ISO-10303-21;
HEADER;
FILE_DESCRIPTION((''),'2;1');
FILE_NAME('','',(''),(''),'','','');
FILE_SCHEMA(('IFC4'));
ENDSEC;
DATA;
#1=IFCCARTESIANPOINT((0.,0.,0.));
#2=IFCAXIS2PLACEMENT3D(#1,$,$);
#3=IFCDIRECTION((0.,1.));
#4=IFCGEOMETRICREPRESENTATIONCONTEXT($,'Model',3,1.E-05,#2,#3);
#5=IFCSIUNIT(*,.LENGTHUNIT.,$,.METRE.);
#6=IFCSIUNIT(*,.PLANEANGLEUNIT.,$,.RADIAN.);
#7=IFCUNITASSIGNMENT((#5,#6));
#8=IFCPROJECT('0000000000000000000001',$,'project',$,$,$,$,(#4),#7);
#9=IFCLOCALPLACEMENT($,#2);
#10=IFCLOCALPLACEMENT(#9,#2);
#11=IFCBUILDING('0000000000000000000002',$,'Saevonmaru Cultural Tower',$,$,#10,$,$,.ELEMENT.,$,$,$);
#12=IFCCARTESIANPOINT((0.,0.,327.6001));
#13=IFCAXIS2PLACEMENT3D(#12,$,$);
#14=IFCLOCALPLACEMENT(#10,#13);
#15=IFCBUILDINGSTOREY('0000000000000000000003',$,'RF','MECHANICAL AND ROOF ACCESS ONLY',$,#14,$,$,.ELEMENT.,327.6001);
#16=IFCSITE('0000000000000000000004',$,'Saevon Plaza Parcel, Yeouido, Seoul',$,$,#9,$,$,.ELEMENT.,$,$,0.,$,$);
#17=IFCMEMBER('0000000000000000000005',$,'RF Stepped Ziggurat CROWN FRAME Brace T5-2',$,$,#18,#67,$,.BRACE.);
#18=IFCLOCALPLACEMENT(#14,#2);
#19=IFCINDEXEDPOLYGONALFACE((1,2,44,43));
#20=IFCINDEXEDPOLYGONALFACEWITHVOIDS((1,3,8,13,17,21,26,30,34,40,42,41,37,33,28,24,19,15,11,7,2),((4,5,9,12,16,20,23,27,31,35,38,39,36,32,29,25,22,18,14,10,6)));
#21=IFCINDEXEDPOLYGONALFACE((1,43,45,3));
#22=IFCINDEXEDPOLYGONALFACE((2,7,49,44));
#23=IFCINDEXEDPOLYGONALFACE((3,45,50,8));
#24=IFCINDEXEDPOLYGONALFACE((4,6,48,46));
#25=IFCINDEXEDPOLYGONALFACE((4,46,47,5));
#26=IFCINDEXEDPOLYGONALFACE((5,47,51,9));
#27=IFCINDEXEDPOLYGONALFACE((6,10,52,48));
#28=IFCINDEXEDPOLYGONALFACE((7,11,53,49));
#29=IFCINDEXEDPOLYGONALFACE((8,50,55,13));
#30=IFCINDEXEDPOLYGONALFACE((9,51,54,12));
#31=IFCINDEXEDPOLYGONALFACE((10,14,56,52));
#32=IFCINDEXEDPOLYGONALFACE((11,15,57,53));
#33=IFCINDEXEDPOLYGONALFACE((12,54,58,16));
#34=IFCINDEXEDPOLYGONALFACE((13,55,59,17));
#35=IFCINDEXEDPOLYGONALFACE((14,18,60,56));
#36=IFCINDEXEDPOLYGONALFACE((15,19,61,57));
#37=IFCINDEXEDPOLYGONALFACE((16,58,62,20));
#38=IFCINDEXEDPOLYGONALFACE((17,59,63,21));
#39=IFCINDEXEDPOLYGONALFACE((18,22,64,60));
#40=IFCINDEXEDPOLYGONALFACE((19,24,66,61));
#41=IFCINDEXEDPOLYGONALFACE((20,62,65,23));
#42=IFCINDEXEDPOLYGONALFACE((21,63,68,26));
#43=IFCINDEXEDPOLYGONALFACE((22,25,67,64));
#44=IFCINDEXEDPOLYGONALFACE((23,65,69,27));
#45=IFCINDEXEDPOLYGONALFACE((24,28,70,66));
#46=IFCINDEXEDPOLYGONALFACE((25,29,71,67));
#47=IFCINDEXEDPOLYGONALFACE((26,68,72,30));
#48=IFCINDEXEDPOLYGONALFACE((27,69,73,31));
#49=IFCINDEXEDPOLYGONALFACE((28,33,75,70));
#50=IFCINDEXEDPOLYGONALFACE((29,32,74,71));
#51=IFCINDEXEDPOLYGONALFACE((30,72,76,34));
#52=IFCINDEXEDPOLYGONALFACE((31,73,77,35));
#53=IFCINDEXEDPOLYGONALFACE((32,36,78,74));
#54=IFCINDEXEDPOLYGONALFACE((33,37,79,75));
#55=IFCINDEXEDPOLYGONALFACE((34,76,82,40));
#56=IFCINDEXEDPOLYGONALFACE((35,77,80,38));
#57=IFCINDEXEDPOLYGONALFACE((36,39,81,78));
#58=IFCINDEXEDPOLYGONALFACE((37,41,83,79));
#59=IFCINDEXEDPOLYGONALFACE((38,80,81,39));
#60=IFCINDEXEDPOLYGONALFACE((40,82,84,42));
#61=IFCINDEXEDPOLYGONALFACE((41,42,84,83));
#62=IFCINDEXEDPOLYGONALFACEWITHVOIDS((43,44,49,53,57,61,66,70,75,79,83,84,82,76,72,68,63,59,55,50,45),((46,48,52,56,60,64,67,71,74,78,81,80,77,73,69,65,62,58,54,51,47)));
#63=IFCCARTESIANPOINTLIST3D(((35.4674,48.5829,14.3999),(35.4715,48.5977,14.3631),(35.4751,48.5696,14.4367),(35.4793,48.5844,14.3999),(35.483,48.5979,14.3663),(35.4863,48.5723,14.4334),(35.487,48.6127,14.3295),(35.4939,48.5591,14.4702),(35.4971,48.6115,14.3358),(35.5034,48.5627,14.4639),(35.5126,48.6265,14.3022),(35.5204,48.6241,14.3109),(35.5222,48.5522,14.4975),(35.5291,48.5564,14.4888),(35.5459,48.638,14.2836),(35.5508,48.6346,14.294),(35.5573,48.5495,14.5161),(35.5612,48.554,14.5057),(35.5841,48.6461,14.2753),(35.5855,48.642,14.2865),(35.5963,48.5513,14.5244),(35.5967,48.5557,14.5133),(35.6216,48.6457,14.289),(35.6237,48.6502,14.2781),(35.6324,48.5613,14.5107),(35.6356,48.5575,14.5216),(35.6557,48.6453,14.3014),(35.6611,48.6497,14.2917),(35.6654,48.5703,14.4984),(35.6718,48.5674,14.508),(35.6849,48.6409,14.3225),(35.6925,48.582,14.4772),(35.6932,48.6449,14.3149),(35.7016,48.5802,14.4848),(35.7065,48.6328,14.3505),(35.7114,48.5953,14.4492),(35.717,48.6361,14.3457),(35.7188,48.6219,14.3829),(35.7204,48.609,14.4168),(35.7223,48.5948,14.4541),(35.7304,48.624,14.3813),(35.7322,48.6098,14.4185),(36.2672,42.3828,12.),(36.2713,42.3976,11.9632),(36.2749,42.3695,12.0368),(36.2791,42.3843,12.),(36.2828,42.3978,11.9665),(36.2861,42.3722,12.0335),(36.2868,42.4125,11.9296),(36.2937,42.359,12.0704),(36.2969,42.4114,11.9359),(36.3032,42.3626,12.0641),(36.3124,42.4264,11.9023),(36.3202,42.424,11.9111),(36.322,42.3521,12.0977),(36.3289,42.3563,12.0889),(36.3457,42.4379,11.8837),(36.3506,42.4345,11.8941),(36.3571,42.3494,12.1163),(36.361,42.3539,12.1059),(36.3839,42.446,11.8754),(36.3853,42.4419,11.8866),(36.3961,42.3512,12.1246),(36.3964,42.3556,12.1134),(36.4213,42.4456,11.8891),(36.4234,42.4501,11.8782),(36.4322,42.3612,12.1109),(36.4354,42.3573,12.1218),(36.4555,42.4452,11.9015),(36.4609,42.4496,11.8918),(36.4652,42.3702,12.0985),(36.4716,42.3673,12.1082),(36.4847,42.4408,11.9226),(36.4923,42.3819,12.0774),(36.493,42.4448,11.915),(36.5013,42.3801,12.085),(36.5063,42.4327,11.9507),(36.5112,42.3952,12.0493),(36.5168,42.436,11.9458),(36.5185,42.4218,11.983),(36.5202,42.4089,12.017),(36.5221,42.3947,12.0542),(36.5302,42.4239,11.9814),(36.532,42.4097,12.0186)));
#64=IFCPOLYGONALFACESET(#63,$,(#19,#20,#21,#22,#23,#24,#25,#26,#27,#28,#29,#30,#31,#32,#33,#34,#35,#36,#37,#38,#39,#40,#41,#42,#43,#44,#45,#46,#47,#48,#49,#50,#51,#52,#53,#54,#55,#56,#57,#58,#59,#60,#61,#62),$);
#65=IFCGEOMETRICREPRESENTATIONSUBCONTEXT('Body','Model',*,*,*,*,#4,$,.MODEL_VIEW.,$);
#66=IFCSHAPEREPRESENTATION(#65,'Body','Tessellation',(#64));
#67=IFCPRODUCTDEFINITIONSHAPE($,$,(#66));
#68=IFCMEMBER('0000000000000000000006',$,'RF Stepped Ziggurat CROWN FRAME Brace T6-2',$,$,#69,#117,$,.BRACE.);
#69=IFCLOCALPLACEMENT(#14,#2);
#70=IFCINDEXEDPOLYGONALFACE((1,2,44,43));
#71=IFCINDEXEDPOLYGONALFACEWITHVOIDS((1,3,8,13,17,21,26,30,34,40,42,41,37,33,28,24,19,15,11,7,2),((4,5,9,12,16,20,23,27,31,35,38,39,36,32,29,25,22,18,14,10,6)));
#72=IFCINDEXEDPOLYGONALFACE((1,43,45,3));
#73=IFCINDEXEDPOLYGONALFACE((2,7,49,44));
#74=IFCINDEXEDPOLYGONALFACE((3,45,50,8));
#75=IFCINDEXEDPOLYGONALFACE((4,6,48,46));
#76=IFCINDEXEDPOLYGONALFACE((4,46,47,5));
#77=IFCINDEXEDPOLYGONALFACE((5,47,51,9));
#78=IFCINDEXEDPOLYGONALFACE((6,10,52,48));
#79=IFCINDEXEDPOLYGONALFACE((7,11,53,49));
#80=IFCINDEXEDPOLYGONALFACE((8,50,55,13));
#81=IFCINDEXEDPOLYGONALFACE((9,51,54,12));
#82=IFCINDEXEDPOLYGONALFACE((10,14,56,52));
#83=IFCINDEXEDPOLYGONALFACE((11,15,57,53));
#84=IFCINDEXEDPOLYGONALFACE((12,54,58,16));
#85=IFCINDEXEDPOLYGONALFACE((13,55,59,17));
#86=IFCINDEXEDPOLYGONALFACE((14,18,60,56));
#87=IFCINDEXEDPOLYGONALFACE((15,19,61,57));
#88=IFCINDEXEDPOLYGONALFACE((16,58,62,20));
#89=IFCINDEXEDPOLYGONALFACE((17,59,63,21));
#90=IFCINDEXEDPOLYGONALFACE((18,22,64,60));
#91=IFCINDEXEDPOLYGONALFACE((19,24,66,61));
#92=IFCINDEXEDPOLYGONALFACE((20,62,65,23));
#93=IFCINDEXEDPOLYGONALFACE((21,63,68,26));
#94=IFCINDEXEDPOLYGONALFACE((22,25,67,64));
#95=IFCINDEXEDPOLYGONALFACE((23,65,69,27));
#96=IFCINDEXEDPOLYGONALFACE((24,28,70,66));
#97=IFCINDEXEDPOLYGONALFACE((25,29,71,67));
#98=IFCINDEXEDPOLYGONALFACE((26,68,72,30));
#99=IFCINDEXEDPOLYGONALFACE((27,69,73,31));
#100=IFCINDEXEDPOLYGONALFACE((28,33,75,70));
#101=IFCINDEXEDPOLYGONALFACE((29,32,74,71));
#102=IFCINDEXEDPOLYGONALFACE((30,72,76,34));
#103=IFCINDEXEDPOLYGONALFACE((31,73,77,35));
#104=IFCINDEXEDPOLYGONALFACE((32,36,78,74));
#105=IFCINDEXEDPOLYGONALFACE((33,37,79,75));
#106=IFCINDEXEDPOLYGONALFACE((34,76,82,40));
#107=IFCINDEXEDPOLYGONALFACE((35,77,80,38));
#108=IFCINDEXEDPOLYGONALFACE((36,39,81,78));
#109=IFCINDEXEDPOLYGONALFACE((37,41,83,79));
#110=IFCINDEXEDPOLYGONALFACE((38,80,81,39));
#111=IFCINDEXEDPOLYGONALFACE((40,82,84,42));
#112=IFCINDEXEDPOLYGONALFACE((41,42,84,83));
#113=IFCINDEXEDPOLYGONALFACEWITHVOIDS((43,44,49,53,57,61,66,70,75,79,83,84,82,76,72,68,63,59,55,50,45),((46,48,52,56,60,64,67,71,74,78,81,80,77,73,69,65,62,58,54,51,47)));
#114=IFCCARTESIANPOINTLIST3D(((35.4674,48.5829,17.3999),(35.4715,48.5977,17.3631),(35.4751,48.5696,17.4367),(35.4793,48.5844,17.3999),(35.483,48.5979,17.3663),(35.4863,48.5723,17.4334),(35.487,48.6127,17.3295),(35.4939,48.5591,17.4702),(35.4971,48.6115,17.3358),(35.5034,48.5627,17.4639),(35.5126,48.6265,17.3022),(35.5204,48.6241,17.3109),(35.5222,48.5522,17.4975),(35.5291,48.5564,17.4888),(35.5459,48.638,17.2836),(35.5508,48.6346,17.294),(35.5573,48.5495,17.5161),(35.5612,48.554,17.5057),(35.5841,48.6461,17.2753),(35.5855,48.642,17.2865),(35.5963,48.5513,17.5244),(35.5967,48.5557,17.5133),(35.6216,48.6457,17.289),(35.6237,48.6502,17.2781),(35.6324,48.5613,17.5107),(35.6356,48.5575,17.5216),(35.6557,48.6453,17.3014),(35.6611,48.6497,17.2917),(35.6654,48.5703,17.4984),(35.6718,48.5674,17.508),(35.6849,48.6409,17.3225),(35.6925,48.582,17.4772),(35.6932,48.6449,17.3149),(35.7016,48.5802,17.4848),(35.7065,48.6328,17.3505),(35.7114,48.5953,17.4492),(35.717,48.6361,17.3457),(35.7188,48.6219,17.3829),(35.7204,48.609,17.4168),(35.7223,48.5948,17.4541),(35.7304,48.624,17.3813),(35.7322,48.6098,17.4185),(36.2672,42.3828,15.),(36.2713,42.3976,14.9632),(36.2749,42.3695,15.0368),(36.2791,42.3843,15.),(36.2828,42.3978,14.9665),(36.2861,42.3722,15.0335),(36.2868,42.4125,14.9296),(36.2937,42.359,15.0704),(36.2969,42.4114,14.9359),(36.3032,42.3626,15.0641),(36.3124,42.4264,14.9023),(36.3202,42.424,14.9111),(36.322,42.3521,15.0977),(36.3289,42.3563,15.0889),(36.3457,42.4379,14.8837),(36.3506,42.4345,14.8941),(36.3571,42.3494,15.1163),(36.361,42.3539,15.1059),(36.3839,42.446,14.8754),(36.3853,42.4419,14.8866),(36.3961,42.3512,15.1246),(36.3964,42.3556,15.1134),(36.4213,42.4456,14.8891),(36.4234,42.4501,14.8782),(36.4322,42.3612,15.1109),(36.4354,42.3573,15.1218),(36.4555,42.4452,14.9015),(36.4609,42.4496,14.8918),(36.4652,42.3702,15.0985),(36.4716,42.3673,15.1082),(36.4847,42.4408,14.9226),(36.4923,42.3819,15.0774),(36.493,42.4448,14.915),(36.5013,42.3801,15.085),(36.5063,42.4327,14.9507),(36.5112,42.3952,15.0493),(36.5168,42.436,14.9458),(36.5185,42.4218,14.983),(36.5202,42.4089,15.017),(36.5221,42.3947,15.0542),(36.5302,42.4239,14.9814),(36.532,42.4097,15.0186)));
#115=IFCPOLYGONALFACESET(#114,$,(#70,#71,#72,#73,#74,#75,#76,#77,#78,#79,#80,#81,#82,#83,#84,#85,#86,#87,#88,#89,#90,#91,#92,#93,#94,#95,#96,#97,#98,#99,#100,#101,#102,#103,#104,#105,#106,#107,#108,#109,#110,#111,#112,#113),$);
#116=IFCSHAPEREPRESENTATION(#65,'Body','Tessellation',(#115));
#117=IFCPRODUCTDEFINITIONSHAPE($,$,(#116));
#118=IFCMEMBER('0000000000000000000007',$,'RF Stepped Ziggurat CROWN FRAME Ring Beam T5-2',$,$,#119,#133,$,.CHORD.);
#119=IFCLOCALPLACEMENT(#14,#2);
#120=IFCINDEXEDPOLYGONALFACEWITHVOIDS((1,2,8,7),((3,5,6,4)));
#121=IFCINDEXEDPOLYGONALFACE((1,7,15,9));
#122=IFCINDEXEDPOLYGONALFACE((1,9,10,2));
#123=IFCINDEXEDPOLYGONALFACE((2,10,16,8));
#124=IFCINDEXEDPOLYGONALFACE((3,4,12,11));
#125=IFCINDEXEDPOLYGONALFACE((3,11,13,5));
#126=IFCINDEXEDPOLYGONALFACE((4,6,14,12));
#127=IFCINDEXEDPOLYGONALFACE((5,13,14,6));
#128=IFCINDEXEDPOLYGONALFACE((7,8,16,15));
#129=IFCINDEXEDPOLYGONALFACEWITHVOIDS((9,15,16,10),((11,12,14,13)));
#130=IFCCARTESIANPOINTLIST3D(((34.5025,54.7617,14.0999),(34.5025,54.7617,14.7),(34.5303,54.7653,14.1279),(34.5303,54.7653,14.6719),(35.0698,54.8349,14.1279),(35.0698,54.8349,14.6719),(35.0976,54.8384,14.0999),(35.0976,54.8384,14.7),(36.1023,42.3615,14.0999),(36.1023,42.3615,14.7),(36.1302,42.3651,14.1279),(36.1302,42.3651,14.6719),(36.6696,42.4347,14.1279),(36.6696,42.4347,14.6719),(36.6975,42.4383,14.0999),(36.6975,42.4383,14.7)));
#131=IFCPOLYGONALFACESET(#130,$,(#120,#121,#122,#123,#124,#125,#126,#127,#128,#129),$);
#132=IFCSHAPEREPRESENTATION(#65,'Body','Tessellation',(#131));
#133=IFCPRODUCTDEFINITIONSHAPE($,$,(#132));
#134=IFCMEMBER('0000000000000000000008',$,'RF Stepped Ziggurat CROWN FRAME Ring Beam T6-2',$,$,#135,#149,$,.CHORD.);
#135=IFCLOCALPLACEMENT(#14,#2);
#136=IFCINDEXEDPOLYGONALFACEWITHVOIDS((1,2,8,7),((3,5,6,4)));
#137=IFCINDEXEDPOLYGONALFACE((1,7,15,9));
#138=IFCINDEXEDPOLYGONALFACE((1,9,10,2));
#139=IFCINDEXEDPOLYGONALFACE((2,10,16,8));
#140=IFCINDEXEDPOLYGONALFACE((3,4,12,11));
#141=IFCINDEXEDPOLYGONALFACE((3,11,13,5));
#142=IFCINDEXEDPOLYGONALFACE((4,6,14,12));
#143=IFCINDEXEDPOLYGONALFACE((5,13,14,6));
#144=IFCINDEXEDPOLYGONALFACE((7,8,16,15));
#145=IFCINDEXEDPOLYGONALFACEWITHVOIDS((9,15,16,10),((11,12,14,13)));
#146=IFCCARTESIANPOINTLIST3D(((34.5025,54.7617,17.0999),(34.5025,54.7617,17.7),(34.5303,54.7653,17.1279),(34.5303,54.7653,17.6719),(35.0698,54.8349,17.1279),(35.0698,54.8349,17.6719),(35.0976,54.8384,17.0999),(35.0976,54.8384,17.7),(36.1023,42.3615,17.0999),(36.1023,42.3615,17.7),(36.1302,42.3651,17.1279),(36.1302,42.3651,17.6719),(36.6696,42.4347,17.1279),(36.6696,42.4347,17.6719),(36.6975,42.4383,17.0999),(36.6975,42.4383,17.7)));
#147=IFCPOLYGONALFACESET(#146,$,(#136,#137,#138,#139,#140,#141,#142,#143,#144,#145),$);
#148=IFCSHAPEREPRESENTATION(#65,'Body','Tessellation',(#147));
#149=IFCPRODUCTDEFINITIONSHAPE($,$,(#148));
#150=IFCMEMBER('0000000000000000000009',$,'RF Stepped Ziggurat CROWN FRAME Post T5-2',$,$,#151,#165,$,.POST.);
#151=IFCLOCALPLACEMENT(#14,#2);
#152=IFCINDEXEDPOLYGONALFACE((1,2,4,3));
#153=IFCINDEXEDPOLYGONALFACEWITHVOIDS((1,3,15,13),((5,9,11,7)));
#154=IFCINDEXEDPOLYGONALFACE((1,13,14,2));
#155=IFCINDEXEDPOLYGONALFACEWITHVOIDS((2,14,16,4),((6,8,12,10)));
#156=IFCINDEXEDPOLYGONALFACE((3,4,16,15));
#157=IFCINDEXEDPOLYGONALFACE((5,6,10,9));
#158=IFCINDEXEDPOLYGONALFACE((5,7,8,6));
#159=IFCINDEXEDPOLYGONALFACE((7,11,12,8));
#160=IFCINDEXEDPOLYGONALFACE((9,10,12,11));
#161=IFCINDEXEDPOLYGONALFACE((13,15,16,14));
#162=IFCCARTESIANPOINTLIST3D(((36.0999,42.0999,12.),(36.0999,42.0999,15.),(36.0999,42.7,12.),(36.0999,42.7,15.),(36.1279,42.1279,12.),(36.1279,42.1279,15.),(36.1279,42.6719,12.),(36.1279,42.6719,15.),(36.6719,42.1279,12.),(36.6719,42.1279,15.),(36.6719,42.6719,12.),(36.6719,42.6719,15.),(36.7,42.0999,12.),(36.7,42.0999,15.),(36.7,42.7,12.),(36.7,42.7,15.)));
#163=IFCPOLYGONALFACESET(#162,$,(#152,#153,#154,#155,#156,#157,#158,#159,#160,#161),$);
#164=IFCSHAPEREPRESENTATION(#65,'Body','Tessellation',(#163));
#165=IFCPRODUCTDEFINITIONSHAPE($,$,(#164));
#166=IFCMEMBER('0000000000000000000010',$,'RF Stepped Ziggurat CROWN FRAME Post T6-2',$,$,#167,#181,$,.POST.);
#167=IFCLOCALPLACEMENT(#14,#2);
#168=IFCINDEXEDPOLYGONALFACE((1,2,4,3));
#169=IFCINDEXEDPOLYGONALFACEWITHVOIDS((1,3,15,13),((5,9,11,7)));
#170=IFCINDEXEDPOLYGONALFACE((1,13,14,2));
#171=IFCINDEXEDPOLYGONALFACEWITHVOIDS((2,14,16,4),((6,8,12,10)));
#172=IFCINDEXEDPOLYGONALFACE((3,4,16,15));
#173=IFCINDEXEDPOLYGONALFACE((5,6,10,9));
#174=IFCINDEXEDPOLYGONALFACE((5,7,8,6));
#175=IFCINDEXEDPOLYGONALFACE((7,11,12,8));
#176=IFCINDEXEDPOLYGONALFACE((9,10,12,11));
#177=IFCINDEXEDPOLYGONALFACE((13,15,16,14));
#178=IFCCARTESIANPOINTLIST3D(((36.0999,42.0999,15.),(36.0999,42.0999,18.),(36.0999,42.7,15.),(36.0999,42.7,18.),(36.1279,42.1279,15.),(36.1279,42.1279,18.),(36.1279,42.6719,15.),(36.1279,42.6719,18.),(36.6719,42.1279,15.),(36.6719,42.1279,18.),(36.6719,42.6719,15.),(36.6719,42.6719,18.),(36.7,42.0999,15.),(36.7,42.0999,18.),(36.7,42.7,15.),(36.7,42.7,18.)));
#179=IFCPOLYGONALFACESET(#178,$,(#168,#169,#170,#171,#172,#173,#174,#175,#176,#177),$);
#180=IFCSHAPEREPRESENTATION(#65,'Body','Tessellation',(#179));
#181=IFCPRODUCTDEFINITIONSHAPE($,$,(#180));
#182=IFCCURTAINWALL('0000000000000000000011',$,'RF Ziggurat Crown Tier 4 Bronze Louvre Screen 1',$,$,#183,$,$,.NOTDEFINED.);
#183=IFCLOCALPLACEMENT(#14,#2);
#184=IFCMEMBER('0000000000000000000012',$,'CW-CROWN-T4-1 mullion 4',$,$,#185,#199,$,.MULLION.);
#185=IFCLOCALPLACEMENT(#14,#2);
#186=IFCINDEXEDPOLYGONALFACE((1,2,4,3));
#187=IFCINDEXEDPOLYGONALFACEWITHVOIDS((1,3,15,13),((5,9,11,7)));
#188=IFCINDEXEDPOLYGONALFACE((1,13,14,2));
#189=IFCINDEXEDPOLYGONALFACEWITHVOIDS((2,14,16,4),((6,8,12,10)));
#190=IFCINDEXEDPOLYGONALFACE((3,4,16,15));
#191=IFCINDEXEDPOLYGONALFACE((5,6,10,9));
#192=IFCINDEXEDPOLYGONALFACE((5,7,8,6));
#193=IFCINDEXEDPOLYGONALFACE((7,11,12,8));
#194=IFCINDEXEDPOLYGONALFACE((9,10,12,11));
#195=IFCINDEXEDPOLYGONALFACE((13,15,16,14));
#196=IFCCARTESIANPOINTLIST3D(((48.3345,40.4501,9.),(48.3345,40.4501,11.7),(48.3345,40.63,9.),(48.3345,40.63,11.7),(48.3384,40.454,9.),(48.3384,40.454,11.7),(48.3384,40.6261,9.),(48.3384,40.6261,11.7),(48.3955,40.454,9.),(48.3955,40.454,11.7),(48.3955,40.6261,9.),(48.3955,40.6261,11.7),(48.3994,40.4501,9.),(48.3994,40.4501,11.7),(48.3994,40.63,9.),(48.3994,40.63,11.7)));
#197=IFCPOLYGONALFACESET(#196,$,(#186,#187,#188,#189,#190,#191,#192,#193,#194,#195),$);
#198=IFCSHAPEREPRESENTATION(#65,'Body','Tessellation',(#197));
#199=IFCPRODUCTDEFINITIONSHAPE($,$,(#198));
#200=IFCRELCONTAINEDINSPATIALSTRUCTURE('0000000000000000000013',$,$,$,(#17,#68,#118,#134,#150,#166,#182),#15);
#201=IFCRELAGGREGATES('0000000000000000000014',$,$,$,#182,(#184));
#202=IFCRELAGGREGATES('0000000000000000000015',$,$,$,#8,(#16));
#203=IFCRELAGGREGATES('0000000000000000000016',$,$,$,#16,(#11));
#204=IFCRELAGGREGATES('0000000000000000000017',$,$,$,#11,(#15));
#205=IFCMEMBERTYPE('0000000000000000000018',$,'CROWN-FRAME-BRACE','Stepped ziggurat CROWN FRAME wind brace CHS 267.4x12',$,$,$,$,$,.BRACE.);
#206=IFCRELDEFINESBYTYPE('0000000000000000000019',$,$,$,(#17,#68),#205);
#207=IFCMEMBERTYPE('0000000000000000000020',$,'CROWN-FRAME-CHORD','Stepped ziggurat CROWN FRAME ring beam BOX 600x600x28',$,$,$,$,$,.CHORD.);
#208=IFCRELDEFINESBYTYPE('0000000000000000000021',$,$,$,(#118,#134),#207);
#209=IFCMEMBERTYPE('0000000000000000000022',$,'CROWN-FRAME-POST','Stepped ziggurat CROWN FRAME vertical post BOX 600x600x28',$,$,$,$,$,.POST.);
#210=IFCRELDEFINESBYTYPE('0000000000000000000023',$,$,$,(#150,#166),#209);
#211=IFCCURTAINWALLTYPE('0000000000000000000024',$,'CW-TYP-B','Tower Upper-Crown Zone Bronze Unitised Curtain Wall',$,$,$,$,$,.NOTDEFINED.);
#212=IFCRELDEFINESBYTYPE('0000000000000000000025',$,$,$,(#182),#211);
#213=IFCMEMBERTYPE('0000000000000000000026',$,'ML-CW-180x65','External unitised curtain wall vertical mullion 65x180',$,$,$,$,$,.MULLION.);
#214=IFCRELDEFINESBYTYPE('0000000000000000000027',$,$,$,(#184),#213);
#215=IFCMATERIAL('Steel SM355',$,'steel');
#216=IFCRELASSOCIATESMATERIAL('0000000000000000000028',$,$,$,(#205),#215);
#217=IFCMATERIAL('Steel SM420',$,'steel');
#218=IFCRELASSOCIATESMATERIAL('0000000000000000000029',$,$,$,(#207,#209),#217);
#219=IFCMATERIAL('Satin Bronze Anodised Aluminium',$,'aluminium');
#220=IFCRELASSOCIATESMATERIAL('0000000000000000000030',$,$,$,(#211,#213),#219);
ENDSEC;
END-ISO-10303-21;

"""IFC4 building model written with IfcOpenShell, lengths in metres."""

from ifc_helpers import new_model, si_unit, direction, frame, origin, origin_2d, place, context, subcontext, project, spatial, hollow_rectangle, hollow_circle, extrude, material, material_profile, profile_set, type_object, element, aggregate, save


model = new_model("IFC4")

# Units and contexts
model_context = context("Model", 3, precision=1e-05, world=origin(), true_north=direction((0.0, 1.0)))
body_context = subcontext(model_context, "Body", "Model", "MODEL_VIEW")
ifc_project = project(units=[si_unit("LENGTHUNIT", "METRE"), si_unit("PLANEANGLEUNIT", "RADIAN")], contexts=[model_context])

# Site, building, storey
site_placement = place(None, origin())
site = spatial("IfcSite", under=ifc_project, at=site_placement, Name="Saevon Plaza Parcel, Yeouido, Seoul", CompositionType="ELEMENT", RefElevation=0.0)
building_placement = place(site_placement, origin())
building = spatial("IfcBuilding", under=site, at=building_placement, Name="Saevonmaru Cultural Tower", CompositionType="ELEMENT")
storey_placement = place(building_placement, frame((0.0, 0.0, 327.6001)))
storey = spatial("IfcBuildingStorey", under=building, at=storey_placement, Name="RF", Description="MECHANICAL AND ROOF ACCESS ONLY", CompositionType="ELEMENT", Elevation=327.6001)

# Members
ifc_material_1 = material(Name="Steel SM355", Category="steel")
ifc_material_profile_1 = material_profile(ifc_material_1, hollow_circle(Radius=0.1338, WallThickness=0.012, at=origin_2d()), Name="CHS-267.4x12")
ifc_profile_set_1 = profile_set([ifc_material_profile_1], Name="Steel SM355")
member_type_1 = type_object("IfcMemberType", Name="CROWN-FRAME-BRACE", Description="Stepped ziggurat CROWN FRAME wind brace CHS 267.4x12", PredefinedType="BRACE", material=ifc_profile_set_1)
for number, where, z_axis, x_axis, name in (
    (1, (36.3999, 42.3999, 12.0), (-0.119438, 0.925901, 0.358387), (-0.991782, -0.127937, 0.0), "RF Stepped Ziggurat CROWN FRAME Brace T5-2"),
    (2, (36.3999, 42.3999, 15.0), (-0.119438, 0.925901, 0.358387), (-0.991782, -0.127937, 0.0), "RF Stepped Ziggurat CROWN FRAME Brace T6-2"),
):
    element("IfcMember", number, at=place(storey_placement, frame(where, z_axis=z_axis, x_axis=x_axis)), inside=storey, type_object=member_type_1, Name=name, PredefinedType="BRACE", context=body_context, shape_type="SweptSolid", body=[
        extrude(hollow_circle(Radius=0.1338, WallThickness=0.012, at=origin_2d()), origin(), (0.0, 0.0, 1.0), 6.6963),
    ])
ifc_material_2 = material(Name="Steel SM420", Category="steel")
ifc_material_profile_2 = material_profile(ifc_material_2, hollow_rectangle(XDim=0.6001, YDim=0.6001, WallThickness=0.0281, at=origin_2d()), Name="BOX-600x600x28")
ifc_profile_set_2 = profile_set([ifc_material_profile_2], Name="Steel SM420")
member_type_2 = type_object("IfcMemberType", Name="CROWN-FRAME-CHORD", Description="Stepped ziggurat CROWN FRAME ring beam BOX 600x600x28", PredefinedType="CHORD", material=ifc_profile_set_2)
for number, where, z_axis, x_axis, name in (
    (3, (36.3999, 42.3999, 14.3999), (-0.127958, 0.99178, 0.0), (-0.99178, -0.127958, 0.0), "RF Stepped Ziggurat CROWN FRAME Ring Beam T5-2"),
    (4, (36.3999, 42.3999, 17.3999), (-0.127958, 0.99178, 0.0), (-0.99178, -0.127958, 0.0), "RF Stepped Ziggurat CROWN FRAME Ring Beam T6-2"),
):
    element("IfcMember", number, at=place(storey_placement, frame(where, z_axis=z_axis, x_axis=x_axis)), inside=storey, type_object=member_type_2, Name=name, PredefinedType="CHORD", context=body_context, shape_type="SweptSolid", body=[
        extrude(hollow_rectangle(XDim=0.6001, YDim=0.6001, WallThickness=0.0281, at=origin_2d()), origin(), (0.0, 0.0, 1.0), 12.5029),
    ])
ifc_material_profile_3 = material_profile(ifc_material_2, hollow_rectangle(XDim=0.6001, YDim=0.6001, WallThickness=0.0281, at=origin_2d()), Name="BOX-600x600x28")
ifc_profile_set_3 = profile_set([ifc_material_profile_3], Name="Steel SM420")
member_type_3 = type_object("IfcMemberType", Name="CROWN-FRAME-POST", Description="Stepped ziggurat CROWN FRAME vertical post BOX 600x600x28", PredefinedType="POST", material=ifc_profile_set_3)
for number, where, z_axis, x_axis, name in (
    (5, (36.3999, 42.3999, 12.0), (0.0, 0.0, 1.0), (1.0, 0.0, 0.0), "RF Stepped Ziggurat CROWN FRAME Post T5-2"),
    (6, (36.3999, 42.3999, 15.0), (0.0, 0.0, 1.0), (1.0, 0.0, 0.0), "RF Stepped Ziggurat CROWN FRAME Post T6-2"),
):
    element("IfcMember", number, at=place(storey_placement, frame(where, z_axis=z_axis, x_axis=x_axis)), inside=storey, type_object=member_type_3, Name=name, PredefinedType="POST", context=body_context, shape_type="SweptSolid", body=[
        extrude(hollow_rectangle(XDim=0.6001, YDim=0.6001, WallThickness=0.0281, at=origin_2d()), origin(), (0.0, 0.0, 1.0), 3.0),
    ])

# Curtain wall, member
ifc_material_3 = material(Name="Satin Bronze Anodised Aluminium", Category="aluminium")
curtain_wall_type = type_object("IfcCurtainWallType", Name="CW-TYP-B", Description="Tower Upper-Crown Zone Bronze Unitised Curtain Wall", PredefinedType="NOTDEFINED", material=ifc_material_3)
curtain_wall_1_placement = place(storey_placement, origin())
curtain_wall_1 = element("IfcCurtainWall", 7, at=curtain_wall_1_placement, inside=storey, type_object=curtain_wall_type, Name="RF Ziggurat Crown Tier 4 Bronze Louvre Screen 1", PredefinedType="NOTDEFINED")
ifc_material_profile_4 = material_profile(ifc_material_3, hollow_rectangle(XDim=0.0649, YDim=0.1799, WallThickness=0.0039, at=origin_2d()), Name="ALU-MULL-180x65x4")
ifc_profile_set_4 = profile_set([ifc_material_profile_4], Name="Satin Bronze Anodised Aluminium")
member_type_4 = type_object("IfcMemberType", Name="ML-CW-180x65", Description="External unitised curtain wall vertical mullion 65x180", PredefinedType="MULLION", material=ifc_profile_set_4)
member_1_placement = place(storey_placement, frame((48.3669, 40.54, 9.0), z_axis=(0.0, 0.0, 1.0), x_axis=(1.0, 0.0, 0.0)))
member_1 = element("IfcMember", 8, at=member_1_placement, type_object=member_type_4, Name="CW-CROWN-T4-1 mullion 4", PredefinedType="MULLION", context=body_context, shape_type="SweptSolid", body=[
    extrude(hollow_rectangle(XDim=0.0649, YDim=0.1799, WallThickness=0.0039, at=origin_2d()), origin(), (0.0, 0.0, 1.0), 2.7),
])

aggregate(curtain_wall_1, [member_1])

save(model, "model.ifc")
